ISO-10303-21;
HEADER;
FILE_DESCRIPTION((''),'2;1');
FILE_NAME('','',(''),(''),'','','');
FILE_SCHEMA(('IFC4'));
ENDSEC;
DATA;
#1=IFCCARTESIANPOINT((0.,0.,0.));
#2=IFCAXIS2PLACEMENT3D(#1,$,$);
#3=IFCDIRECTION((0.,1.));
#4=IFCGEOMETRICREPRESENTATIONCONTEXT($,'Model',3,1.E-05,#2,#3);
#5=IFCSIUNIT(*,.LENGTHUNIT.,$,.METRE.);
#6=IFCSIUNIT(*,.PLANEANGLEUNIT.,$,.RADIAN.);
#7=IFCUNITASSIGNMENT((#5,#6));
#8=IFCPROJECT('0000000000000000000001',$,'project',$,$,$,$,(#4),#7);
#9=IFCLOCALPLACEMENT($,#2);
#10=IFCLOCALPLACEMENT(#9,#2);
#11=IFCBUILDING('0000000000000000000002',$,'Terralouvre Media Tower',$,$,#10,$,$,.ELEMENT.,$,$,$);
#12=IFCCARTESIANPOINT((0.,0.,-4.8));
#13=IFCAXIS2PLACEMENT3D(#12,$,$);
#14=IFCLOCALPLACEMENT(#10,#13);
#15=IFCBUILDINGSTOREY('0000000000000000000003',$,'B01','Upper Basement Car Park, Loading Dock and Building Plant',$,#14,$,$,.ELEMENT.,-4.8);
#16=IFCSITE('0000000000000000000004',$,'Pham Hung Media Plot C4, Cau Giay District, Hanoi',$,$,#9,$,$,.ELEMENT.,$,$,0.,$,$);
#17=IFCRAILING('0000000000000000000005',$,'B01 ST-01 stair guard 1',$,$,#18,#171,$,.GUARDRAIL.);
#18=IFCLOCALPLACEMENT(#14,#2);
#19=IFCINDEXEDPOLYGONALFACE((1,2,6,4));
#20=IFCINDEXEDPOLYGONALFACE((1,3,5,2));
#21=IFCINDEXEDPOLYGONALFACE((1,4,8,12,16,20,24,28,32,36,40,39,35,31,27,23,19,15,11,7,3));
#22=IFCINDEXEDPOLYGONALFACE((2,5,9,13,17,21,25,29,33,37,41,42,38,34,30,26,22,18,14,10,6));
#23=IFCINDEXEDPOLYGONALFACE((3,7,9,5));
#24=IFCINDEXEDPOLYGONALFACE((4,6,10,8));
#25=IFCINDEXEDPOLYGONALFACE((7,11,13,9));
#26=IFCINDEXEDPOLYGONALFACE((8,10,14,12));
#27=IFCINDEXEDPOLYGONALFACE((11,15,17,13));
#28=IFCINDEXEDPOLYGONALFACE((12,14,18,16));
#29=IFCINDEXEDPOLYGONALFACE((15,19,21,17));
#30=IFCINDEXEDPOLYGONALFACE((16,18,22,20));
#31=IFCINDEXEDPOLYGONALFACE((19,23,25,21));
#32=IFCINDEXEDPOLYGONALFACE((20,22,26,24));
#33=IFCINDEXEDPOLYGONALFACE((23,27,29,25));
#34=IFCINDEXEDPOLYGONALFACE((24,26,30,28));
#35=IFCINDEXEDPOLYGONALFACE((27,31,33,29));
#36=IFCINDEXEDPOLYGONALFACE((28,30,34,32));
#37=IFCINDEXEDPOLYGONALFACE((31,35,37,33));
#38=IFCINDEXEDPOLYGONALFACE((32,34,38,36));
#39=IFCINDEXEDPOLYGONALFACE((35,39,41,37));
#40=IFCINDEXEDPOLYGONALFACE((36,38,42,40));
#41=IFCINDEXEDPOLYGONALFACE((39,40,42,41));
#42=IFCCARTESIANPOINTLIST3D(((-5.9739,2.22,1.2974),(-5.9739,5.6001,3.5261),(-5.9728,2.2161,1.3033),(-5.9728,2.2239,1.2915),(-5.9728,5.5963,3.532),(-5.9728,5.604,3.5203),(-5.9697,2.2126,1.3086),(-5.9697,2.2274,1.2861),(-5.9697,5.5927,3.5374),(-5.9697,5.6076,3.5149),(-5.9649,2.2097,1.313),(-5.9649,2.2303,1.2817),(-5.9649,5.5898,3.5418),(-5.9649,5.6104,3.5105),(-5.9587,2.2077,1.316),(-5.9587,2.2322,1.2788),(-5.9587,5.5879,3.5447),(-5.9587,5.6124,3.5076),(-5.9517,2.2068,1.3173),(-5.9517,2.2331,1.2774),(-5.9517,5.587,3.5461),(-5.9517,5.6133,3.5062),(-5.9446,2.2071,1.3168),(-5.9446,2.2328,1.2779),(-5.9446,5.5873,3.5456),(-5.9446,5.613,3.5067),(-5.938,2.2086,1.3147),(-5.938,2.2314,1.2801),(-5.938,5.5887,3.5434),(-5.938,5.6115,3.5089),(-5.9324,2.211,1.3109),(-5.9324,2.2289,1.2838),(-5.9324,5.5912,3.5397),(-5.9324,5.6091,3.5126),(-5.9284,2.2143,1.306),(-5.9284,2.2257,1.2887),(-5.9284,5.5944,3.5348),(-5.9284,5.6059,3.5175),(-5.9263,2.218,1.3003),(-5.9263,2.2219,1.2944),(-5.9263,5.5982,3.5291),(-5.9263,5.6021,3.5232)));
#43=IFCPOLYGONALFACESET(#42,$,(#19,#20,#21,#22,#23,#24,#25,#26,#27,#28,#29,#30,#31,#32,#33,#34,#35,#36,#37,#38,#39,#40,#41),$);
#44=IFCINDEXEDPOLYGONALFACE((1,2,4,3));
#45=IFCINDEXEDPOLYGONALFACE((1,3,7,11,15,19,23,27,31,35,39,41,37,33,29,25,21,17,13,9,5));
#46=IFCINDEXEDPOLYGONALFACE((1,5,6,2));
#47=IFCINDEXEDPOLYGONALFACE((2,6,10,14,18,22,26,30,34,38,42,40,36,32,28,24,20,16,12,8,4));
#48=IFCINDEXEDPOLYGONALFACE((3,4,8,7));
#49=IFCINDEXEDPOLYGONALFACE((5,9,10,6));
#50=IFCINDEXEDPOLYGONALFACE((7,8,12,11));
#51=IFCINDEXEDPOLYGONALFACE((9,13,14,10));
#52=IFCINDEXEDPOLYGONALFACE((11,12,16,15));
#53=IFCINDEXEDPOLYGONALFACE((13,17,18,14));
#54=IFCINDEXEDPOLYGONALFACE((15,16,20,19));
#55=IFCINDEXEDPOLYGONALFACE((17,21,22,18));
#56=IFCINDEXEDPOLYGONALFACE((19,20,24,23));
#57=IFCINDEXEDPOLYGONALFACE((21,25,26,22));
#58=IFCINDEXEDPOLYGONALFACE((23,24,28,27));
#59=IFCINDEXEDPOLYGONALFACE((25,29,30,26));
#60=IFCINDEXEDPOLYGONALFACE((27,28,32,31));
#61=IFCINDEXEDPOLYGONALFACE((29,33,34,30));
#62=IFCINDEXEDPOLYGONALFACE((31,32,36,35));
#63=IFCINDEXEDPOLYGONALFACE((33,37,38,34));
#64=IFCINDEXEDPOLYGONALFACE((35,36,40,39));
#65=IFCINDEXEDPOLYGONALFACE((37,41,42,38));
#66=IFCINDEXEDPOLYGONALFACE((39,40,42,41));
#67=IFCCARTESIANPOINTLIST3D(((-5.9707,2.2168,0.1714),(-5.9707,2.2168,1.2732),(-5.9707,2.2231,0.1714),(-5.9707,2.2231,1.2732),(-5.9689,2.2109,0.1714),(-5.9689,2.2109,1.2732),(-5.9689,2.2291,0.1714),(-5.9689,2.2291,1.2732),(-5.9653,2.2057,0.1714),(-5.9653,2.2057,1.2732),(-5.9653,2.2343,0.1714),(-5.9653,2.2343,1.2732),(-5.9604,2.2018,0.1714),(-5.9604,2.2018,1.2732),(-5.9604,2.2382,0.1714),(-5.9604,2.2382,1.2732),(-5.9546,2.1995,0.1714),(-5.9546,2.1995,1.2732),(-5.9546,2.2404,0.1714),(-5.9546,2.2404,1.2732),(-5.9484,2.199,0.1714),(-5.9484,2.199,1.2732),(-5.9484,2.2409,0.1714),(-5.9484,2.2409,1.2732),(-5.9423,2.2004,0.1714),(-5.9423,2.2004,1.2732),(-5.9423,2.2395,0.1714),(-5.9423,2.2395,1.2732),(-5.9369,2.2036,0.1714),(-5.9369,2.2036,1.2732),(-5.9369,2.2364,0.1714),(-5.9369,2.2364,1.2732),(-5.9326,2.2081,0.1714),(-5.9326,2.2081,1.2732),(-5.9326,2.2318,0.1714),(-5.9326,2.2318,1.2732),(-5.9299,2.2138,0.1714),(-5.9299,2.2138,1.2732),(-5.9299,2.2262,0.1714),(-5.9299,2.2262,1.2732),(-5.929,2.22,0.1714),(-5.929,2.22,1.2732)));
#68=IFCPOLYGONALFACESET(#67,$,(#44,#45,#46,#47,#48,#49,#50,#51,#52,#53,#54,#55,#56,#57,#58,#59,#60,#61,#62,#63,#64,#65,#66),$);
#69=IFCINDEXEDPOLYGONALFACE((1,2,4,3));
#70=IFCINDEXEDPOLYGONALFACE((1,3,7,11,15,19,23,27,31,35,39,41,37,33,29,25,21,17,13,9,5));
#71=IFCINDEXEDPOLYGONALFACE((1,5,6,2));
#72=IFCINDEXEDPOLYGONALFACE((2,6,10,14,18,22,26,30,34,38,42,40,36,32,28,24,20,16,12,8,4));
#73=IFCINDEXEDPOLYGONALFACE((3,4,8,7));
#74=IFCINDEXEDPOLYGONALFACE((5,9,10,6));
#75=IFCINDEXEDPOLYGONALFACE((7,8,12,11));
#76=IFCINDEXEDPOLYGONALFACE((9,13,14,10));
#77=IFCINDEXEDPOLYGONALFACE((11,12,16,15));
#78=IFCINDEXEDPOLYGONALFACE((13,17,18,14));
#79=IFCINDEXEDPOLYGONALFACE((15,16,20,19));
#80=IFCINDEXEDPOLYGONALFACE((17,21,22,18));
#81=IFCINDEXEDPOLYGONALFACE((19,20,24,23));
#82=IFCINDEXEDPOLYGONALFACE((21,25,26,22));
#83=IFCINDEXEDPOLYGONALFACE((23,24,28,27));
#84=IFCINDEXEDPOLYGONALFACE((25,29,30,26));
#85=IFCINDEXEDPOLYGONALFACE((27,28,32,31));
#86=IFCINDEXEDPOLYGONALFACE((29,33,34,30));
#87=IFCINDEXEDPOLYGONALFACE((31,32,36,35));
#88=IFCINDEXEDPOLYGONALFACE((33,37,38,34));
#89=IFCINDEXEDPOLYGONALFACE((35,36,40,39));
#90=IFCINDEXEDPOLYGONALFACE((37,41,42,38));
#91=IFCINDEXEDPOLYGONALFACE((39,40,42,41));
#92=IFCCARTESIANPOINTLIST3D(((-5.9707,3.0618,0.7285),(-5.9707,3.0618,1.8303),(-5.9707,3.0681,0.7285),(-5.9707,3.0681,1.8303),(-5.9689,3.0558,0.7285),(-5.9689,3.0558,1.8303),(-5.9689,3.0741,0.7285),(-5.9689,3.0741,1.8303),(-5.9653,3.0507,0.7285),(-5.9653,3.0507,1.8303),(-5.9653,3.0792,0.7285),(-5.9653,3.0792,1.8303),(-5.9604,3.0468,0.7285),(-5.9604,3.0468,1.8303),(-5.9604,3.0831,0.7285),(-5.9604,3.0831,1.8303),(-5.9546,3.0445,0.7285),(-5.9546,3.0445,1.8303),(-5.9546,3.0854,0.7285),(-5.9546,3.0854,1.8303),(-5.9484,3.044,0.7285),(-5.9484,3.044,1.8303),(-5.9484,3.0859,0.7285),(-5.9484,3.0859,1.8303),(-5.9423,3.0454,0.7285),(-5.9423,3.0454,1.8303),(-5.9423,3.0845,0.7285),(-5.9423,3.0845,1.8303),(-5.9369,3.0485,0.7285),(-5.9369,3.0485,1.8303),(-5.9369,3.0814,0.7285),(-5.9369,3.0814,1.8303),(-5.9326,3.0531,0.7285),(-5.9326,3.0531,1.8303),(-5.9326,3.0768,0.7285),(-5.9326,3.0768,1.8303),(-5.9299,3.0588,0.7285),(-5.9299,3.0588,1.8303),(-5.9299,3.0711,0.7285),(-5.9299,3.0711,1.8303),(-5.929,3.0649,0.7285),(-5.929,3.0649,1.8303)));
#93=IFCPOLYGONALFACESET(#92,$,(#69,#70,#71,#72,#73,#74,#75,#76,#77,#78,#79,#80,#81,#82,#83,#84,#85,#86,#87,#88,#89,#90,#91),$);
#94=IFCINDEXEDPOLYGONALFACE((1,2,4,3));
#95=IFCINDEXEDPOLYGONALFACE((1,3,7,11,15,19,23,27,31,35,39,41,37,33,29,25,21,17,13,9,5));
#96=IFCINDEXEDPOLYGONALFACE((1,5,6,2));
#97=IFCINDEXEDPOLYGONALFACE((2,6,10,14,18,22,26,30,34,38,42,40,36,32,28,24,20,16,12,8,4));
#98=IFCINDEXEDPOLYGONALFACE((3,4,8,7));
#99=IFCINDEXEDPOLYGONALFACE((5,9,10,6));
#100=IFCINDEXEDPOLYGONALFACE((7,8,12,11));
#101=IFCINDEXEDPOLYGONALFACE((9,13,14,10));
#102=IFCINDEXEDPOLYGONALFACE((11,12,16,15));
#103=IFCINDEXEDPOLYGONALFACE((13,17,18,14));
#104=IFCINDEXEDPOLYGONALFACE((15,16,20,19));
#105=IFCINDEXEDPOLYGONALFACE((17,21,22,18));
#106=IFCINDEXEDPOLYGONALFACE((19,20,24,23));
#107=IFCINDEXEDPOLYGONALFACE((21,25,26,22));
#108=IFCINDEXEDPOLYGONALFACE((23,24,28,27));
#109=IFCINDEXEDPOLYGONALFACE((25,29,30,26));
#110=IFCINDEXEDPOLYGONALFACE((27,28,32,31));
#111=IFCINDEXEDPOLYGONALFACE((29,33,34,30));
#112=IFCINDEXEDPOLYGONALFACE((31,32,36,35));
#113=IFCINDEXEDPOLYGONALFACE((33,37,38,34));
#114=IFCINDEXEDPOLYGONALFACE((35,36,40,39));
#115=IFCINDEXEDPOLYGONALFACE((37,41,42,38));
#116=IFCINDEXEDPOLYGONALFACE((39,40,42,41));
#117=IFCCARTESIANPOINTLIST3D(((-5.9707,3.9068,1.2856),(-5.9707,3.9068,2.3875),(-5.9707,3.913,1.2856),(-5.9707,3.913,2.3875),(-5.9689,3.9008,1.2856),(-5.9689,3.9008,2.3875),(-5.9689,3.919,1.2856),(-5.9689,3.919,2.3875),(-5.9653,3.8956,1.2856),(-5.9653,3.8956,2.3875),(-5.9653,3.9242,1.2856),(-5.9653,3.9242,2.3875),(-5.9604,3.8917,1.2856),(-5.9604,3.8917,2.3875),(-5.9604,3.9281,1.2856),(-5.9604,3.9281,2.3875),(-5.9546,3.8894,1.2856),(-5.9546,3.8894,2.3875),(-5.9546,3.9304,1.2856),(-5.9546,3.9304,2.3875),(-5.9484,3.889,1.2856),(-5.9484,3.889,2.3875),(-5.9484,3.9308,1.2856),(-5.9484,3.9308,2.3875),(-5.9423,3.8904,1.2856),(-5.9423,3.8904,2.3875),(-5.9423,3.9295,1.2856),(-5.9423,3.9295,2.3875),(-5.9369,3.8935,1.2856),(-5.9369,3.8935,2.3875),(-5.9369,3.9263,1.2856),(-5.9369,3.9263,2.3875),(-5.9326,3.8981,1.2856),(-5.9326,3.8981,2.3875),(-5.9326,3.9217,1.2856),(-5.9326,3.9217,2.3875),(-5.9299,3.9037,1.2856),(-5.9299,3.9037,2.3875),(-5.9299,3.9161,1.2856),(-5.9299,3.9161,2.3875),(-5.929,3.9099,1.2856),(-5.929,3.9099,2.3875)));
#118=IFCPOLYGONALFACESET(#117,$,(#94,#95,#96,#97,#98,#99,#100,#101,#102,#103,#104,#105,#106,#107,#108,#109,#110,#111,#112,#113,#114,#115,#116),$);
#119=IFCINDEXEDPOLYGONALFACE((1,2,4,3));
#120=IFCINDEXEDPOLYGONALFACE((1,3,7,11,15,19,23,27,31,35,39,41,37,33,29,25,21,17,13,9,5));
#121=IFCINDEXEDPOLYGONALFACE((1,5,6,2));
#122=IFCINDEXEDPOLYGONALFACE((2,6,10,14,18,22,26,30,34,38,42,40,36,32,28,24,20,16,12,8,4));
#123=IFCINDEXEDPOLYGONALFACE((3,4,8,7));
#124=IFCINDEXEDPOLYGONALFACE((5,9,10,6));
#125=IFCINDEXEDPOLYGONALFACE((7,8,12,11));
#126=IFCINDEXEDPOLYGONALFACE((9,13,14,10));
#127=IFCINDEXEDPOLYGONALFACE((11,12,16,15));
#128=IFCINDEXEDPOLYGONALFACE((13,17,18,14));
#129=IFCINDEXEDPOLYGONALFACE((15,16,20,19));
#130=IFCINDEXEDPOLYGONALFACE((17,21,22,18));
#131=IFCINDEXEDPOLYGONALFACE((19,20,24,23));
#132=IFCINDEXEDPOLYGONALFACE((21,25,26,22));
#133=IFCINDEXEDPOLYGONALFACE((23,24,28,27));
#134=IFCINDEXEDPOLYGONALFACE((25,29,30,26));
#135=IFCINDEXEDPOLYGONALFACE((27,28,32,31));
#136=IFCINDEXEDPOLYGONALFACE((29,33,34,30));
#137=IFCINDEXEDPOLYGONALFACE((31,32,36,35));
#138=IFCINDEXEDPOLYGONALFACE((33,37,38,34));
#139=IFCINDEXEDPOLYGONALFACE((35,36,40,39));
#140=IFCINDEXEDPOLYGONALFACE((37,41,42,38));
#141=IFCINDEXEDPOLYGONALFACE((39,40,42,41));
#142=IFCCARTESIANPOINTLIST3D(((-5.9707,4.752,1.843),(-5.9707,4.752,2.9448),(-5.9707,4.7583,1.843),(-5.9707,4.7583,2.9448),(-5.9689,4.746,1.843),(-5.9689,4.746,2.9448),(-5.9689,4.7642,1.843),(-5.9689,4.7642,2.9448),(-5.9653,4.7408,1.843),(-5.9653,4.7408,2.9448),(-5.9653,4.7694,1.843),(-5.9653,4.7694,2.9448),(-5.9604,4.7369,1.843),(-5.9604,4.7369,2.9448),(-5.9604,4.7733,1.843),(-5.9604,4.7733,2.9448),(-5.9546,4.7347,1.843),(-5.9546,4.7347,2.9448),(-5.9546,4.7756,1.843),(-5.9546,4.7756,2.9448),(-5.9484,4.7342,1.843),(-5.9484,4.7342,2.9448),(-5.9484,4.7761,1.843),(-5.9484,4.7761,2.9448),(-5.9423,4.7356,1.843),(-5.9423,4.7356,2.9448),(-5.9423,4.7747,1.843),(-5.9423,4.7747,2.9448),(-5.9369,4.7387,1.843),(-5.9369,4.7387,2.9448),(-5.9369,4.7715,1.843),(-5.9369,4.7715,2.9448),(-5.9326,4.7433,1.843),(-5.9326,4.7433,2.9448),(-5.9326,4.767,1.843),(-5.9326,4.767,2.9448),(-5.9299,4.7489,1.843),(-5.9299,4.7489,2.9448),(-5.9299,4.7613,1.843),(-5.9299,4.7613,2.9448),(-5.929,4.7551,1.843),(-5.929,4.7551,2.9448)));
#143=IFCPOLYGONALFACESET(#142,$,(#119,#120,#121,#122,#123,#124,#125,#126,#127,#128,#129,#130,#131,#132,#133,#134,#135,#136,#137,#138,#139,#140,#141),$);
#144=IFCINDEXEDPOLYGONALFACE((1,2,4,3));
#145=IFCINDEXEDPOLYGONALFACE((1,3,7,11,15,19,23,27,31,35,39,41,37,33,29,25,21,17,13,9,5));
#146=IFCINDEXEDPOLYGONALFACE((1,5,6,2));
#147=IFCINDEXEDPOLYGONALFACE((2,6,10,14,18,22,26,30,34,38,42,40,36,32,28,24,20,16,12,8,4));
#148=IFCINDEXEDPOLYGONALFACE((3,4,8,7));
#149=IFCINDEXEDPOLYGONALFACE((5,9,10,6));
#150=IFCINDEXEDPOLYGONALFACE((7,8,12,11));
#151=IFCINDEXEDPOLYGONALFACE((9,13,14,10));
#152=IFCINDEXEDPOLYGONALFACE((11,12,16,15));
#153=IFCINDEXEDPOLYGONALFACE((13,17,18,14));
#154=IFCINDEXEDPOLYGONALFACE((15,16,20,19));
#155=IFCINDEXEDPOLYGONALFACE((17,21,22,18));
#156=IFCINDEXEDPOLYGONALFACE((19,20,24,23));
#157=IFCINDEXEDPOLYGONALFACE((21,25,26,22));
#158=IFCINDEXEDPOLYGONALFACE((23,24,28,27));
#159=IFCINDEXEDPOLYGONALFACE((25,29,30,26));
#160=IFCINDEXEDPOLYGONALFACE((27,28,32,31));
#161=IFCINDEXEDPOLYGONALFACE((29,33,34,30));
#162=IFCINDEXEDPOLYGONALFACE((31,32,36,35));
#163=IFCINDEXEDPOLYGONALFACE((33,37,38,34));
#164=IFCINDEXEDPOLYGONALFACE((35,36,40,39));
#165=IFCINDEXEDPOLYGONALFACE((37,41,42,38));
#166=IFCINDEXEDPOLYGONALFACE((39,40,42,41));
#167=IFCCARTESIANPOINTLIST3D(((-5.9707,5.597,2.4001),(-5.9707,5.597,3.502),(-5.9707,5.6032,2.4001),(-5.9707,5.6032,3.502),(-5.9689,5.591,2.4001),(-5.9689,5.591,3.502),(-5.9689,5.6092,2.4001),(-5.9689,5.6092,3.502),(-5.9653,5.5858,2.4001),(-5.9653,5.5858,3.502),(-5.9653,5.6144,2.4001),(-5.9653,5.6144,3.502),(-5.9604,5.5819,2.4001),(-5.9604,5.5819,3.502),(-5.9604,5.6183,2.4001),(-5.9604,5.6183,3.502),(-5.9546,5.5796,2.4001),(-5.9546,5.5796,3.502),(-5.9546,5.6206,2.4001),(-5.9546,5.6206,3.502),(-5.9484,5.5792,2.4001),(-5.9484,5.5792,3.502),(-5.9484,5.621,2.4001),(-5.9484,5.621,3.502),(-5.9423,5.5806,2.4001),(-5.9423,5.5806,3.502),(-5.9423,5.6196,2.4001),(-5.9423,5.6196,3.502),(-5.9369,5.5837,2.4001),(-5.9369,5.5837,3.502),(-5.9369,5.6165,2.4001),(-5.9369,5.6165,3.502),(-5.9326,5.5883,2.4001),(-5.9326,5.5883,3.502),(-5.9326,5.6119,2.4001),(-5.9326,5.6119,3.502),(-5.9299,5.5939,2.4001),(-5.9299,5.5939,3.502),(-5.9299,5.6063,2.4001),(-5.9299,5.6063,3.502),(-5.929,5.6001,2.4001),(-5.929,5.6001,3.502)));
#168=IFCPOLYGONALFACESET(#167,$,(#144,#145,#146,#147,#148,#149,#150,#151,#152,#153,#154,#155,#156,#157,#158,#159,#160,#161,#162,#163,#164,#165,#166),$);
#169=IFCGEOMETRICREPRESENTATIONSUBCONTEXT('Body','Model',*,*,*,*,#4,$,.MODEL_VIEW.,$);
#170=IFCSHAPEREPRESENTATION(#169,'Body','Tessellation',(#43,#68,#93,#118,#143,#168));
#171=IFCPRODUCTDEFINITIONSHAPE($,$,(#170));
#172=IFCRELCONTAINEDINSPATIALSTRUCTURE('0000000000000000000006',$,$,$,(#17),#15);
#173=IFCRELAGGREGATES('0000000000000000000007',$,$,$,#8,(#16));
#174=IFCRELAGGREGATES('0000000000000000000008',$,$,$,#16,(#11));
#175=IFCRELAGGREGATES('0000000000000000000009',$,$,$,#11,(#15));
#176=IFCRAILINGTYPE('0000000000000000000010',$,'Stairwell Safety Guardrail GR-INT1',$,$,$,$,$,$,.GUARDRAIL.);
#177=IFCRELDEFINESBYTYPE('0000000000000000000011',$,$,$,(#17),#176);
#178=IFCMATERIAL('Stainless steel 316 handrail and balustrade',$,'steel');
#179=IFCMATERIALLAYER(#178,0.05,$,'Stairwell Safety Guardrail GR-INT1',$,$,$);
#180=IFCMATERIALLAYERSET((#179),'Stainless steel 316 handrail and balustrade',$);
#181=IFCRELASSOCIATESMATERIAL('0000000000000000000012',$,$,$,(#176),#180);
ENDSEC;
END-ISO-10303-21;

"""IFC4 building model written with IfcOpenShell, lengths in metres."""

from ifc_helpers import new_model, si_unit, direction, frame, origin, origin_2d, place, context, subcontext, project, spatial, circle, extrude, material, layer, layer_set, type_object, element, save


model = new_model("IFC4")

# Units and contexts
model_context = context("Model", 3, precision=1e-05, world=origin(), true_north=direction((0.0, 1.0)))
body_context = subcontext(model_context, "Body", "Model", "MODEL_VIEW")
ifc_project = project(units=[si_unit("LENGTHUNIT", "METRE"), si_unit("PLANEANGLEUNIT", "RADIAN")], contexts=[model_context])

# Site, building, storey
site_placement = place(None, origin())
site = spatial("IfcSite", under=ifc_project, at=site_placement, Name="Pham Hung Media Plot C4, Cau Giay District, Hanoi", CompositionType="ELEMENT", RefElevation=0.0)
building_placement = place(site_placement, origin())
building = spatial("IfcBuilding", under=site, at=building_placement, Name="Terralouvre Media Tower", CompositionType="ELEMENT")
storey_placement = place(building_placement, frame((0.0, 0.0, -4.8)))
storey = spatial("IfcBuildingStorey", under=building, at=storey_placement, Name="B01", Description="Upper Basement Car Park, Loading Dock and Building Plant", CompositionType="ELEMENT", Elevation=-4.8)

# Railing
ifc_material_1 = material(Name="Stainless steel 316 handrail and balustrade", Category="steel")
ifc_layer_1 = layer(ifc_material_1, 0.05, Name="Stairwell Safety Guardrail GR-INT1")
ifc_layer_set_1 = layer_set([ifc_layer_1], Name="Stainless steel 316 handrail and balustrade")
railing_type_1 = type_object("IfcRailingType", Name="Stairwell Safety Guardrail GR-INT1", PredefinedType="GUARDRAIL", material=ifc_layer_set_1)
railing_1_placement = place(storey_placement, frame((-5.95, 2.22, 0.1714)))
element("IfcRailing", 1, at=railing_1_placement, inside=storey, type_object=railing_type_1, Name="B01 ST-01 stair guard 1", PredefinedType="GUARDRAIL", context=body_context, shape_type="SweptSolid", body=[
    extrude(circle(Radius=0.0239, at=origin_2d()), frame((0.0, 0.0, 1.126), z_axis=(0.0, 0.834851, 0.550477), x_axis=(-1.0, 0.0, 0.0)), (0.0, 0.0, 1.0), 4.0488),
    extrude(circle(Radius=0.021, at=origin_2d()), origin(), (0.0, 0.0, 1.0), 1.1018),
    extrude(circle(Radius=0.021, at=origin_2d()), frame((0.0, 0.845, 0.5571)), (0.0, 0.0, 1.0), 1.1018),
    extrude(circle(Radius=0.021, at=origin_2d()), frame((0.0, 1.6899, 1.1143)), (0.0, 0.0, 1.0), 1.1018),
    extrude(circle(Radius=0.021, at=origin_2d()), frame((0.0, 2.5352, 1.6716)), (0.0, 0.0, 1.0), 1.1018),
    extrude(circle(Radius=0.021, at=origin_2d()), frame((0.0, 3.3801, 2.2288)), (0.0, 0.0, 1.0), 1.1018),
])

save(model, "model.ifc")
